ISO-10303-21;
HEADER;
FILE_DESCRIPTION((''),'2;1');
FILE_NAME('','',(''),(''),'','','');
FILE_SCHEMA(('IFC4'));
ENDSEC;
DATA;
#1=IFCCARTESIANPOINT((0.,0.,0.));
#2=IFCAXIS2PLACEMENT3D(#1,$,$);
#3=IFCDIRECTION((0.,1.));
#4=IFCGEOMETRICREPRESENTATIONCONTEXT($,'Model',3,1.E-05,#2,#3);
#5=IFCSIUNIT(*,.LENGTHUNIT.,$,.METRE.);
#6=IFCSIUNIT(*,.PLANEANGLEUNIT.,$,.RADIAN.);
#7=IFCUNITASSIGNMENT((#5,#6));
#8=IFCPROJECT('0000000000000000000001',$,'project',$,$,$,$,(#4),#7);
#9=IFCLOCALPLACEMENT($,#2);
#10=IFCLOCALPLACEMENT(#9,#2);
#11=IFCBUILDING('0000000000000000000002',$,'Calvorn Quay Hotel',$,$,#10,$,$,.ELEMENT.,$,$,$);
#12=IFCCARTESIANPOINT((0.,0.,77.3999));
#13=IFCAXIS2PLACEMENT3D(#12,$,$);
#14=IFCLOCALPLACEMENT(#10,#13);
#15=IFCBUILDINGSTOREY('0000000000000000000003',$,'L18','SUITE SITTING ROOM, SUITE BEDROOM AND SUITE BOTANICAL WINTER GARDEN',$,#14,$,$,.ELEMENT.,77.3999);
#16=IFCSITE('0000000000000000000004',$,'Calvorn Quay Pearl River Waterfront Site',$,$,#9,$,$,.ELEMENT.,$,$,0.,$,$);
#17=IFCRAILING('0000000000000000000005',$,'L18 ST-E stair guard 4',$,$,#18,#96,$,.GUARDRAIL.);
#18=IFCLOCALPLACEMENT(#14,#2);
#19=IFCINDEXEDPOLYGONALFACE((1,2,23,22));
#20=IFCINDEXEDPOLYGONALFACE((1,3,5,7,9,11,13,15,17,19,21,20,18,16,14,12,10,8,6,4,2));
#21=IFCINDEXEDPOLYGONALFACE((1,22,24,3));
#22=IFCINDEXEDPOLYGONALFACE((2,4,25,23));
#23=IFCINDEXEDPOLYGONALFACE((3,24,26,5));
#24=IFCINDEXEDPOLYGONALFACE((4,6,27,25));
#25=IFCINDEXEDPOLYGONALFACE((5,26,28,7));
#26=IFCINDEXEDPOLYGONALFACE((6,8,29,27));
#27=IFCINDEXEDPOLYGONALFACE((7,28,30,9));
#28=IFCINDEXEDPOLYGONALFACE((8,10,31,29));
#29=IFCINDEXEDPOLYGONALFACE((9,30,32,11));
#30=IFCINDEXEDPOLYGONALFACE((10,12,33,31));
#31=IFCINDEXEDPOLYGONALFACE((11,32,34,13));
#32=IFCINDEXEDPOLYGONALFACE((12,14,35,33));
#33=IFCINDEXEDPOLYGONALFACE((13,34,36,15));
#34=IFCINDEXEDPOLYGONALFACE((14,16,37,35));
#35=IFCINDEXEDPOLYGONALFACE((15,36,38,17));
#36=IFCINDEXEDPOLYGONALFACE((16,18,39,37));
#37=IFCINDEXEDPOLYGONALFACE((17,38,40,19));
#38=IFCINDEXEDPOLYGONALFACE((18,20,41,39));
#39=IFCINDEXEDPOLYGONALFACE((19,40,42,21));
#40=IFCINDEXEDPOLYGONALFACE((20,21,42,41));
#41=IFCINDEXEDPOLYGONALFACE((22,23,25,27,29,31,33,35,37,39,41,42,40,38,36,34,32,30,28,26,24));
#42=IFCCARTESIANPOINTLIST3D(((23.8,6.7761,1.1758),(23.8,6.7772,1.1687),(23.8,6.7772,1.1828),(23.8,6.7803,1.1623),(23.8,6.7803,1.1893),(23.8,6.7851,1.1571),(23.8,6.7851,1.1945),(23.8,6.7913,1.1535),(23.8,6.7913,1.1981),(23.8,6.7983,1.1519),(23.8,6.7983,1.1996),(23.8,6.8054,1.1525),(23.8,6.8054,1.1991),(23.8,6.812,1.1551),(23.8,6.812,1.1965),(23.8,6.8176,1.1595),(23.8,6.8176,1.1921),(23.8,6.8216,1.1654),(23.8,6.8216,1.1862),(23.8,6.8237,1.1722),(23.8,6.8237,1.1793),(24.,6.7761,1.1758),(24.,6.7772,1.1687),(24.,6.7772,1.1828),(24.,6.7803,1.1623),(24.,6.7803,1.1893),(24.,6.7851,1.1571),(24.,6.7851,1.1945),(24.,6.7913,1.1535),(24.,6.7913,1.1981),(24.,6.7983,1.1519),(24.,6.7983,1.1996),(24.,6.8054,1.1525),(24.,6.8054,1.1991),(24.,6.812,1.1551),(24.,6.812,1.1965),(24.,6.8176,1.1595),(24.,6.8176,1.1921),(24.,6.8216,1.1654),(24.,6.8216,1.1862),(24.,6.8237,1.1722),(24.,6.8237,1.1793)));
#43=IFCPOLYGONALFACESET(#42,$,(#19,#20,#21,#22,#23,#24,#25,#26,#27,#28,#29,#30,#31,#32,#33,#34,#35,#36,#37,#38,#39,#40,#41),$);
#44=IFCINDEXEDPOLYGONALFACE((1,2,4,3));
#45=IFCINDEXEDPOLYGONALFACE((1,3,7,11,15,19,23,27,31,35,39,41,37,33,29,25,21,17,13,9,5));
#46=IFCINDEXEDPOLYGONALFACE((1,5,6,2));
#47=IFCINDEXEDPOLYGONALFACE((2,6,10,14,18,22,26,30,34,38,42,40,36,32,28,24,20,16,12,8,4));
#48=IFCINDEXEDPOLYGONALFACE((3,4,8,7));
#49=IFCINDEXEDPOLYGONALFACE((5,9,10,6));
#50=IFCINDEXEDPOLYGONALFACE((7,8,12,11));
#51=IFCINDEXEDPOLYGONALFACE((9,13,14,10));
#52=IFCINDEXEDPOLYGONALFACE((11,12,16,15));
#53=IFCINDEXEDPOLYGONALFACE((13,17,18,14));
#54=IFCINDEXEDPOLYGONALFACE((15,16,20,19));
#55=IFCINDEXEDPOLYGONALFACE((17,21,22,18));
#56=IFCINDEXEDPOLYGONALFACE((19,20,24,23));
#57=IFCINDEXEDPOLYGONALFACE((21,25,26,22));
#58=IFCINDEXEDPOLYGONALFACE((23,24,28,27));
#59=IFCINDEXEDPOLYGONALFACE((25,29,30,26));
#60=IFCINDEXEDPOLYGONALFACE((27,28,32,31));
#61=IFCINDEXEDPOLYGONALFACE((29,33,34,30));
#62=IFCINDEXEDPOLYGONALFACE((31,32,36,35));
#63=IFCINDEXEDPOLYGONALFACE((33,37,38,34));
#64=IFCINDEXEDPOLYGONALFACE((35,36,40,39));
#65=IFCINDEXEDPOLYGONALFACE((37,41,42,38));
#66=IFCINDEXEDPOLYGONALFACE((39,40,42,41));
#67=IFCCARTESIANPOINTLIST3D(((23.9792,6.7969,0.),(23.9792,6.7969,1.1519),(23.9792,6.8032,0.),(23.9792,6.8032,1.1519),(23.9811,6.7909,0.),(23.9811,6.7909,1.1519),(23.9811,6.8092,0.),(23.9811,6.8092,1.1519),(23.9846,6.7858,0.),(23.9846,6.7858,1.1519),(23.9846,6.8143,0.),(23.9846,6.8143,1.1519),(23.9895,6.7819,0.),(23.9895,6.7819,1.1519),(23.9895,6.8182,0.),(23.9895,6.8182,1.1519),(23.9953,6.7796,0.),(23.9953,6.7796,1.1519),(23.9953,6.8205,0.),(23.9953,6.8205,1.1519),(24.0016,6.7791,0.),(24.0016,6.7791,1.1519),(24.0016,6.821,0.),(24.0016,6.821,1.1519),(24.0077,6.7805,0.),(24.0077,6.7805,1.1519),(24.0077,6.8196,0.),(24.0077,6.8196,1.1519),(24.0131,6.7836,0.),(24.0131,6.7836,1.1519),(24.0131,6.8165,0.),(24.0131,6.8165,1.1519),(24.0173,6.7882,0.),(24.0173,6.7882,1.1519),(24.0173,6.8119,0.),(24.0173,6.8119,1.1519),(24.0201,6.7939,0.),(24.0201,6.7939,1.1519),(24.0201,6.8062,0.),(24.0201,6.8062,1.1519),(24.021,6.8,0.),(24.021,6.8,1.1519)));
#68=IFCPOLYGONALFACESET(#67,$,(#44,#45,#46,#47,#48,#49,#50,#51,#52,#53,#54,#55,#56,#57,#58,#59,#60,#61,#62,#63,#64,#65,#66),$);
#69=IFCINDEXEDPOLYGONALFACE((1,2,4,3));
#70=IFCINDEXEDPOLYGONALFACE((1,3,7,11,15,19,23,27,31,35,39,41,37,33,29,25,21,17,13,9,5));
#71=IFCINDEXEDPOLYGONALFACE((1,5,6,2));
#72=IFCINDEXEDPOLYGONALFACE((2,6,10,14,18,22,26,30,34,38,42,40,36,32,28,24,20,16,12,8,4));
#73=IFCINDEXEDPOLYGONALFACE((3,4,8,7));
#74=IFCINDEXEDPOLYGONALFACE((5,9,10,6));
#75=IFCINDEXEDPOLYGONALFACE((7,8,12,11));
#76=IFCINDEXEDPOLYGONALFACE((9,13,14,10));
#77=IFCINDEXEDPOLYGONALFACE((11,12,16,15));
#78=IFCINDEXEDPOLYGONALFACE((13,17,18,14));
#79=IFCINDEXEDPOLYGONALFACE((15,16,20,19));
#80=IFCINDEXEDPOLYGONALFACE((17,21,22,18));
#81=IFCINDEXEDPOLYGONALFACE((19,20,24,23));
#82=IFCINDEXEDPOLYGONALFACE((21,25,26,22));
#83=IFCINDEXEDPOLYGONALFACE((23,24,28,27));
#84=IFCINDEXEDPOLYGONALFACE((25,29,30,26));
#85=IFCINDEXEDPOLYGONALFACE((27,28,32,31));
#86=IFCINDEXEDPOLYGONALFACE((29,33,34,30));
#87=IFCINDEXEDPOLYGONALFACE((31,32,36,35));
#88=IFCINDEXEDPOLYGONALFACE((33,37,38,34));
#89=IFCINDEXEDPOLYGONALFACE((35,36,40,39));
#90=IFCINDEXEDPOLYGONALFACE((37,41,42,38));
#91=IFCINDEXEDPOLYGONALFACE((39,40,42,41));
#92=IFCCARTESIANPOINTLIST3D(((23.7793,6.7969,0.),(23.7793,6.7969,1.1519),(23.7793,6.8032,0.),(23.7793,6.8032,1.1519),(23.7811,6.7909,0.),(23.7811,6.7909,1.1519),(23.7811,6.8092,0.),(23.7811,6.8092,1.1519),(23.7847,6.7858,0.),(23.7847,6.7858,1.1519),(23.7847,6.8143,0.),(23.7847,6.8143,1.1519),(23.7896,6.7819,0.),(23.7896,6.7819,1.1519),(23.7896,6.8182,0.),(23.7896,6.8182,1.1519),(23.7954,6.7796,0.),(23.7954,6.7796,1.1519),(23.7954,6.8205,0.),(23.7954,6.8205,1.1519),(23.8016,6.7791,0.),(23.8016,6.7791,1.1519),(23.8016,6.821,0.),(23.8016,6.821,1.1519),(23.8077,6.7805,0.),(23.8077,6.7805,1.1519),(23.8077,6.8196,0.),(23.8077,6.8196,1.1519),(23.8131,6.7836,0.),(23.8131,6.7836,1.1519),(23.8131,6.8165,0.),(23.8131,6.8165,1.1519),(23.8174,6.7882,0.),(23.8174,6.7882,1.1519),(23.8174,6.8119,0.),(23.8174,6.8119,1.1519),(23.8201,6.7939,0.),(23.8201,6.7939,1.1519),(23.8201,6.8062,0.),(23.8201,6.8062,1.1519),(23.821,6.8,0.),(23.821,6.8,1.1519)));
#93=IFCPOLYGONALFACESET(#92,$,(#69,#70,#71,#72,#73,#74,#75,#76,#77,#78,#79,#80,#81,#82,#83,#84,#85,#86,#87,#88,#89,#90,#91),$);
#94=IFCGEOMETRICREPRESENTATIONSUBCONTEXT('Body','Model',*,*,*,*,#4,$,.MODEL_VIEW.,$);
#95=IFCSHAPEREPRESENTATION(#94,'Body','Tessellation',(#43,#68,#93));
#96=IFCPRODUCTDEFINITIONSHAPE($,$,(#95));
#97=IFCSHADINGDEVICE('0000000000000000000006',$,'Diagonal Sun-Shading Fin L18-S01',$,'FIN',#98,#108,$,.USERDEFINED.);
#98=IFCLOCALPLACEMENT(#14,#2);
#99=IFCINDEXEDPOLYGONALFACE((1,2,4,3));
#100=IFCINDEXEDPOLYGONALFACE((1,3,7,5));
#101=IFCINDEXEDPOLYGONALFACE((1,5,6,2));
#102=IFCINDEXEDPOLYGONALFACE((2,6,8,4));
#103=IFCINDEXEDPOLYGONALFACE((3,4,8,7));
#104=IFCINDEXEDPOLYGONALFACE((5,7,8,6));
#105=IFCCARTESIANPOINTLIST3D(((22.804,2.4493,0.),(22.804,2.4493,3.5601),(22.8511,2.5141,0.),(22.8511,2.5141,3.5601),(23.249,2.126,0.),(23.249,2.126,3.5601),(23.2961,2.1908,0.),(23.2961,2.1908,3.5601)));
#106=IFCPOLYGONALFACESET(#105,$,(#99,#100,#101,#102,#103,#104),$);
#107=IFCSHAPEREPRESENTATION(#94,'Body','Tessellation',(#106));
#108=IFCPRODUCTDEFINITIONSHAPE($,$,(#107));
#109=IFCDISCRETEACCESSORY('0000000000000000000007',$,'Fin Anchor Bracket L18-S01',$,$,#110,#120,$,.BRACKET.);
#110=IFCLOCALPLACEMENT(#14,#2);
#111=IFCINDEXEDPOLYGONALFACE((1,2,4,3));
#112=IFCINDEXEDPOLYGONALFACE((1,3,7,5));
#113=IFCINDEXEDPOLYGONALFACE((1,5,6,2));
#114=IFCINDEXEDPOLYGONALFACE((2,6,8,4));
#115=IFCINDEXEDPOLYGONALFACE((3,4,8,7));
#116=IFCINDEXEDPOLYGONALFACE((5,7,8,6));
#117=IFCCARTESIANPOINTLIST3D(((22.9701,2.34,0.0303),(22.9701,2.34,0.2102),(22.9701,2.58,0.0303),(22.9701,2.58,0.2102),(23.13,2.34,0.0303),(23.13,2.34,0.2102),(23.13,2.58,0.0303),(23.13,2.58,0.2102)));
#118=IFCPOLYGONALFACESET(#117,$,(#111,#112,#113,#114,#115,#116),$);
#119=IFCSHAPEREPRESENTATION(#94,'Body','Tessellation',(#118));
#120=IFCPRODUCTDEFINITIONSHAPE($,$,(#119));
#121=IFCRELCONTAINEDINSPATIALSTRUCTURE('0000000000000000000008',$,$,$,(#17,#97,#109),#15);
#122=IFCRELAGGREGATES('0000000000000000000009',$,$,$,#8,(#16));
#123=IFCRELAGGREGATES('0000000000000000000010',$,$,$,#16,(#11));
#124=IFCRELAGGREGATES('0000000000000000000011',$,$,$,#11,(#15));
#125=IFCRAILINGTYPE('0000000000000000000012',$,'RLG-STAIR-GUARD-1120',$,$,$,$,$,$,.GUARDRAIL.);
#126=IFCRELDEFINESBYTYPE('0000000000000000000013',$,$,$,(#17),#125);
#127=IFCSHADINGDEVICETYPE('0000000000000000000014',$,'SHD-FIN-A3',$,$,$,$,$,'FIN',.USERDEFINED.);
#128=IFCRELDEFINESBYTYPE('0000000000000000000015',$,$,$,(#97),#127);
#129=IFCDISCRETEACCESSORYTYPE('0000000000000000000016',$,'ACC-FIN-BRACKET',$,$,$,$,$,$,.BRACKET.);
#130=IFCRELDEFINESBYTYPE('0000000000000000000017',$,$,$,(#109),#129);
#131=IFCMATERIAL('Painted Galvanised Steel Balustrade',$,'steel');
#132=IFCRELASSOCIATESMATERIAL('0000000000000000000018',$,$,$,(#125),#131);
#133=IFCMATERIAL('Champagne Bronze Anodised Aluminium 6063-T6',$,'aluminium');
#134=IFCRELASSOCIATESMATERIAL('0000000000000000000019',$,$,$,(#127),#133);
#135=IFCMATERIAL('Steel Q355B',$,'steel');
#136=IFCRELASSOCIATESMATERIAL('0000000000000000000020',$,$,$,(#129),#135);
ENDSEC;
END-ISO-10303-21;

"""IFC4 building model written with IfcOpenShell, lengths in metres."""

from ifc_helpers import new_model, si_unit, direction, frame, origin, origin_2d, place, context, subcontext, project, spatial, rectangle, circle, extrude, material, type_object, element, save


model = new_model("IFC4")

# Units and contexts
model_context = context("Model", 3, precision=1e-05, world=origin(), true_north=direction((0.0, 1.0)))
body_context = subcontext(model_context, "Body", "Model", "MODEL_VIEW")
ifc_project = project(units=[si_unit("LENGTHUNIT", "METRE"), si_unit("PLANEANGLEUNIT", "RADIAN")], contexts=[model_context])

# Site, building, storey
site_placement = place(None, origin())
site = spatial("IfcSite", under=ifc_project, at=site_placement, Name="Calvorn Quay Pearl River Waterfront Site", CompositionType="ELEMENT", RefElevation=0.0)
building_placement = place(site_placement, origin())
building = spatial("IfcBuilding", under=site, at=building_placement, Name="Calvorn Quay Hotel", CompositionType="ELEMENT")
storey_placement = place(building_placement, frame((0.0, 0.0, 77.3999)))
storey = spatial("IfcBuildingStorey", under=building, at=storey_placement, Name="L18", Description="SUITE SITTING ROOM, SUITE BEDROOM AND SUITE BOTANICAL WINTER GARDEN", CompositionType="ELEMENT", Elevation=77.3999)

# Railing
ifc_material_1 = material(Name="Painted Galvanised Steel Balustrade", Category="steel")
railing_type_1 = type_object("IfcRailingType", Name="RLG-STAIR-GUARD-1120", PredefinedType="GUARDRAIL", material=ifc_material_1)
railing_1_placement = place(storey_placement, frame((24.0, 6.8, 0.0)))
element("IfcRailing", 1, at=railing_1_placement, inside=storey, type_object=railing_type_1, Name="L18 ST-E stair guard 4", PredefinedType="GUARDRAIL", context=body_context, shape_type="SweptSolid", body=[
    extrude(circle(Radius=0.0239, at=origin_2d()), frame((0.0, 0.0, 1.1758), z_axis=(-1.0, 0.0, 0.0), x_axis=(0.0, -1.0, 0.0)), (0.0, 0.0, 1.0), 0.2),
    extrude(circle(Radius=0.021, at=origin_2d()), origin(), (0.0, 0.0, 1.0), 1.1519),
    extrude(circle(Radius=0.021, at=origin_2d()), frame((-0.2, 0.0, 0.0)), (0.0, 0.0, 1.0), 1.1519),
])

# Shading device
ifc_material_2 = material(Name="Champagne Bronze Anodised Aluminium 6063-T6", Category="aluminium")
shading_device_type = type_object("IfcShadingDeviceType", Name="SHD-FIN-A3", ElementType="FIN", PredefinedType="USERDEFINED", material=ifc_material_2)
shading_device_placement = place(storey_placement, frame((23.05, 2.3201, 0.0), z_axis=(0.0, 0.0, 1.0), x_axis=(-0.809017, 0.587785, 0.0)))
element("IfcShadingDevice", 2, at=shading_device_placement, inside=storey, type_object=shading_device_type, Name="Diagonal Sun-Shading Fin L18-S01", ObjectType="FIN", PredefinedType="USERDEFINED", context=body_context, shape_type="SweptSolid", body=[
    extrude(rectangle(XDim=0.55, YDim=0.0801, at=origin_2d()), origin(), (0.0, 0.0, 1.0), 3.5601),
])

# Discrete accessory
ifc_material_3 = material(Name="Steel Q355B", Category="steel")
discrete_accessory_type = type_object("IfcDiscreteAccessoryType", Name="ACC-FIN-BRACKET", PredefinedType="BRACKET", material=ifc_material_3)
discrete_accessory_placement = place(storey_placement, frame((23.05, 2.46, 0.0303), z_axis=(0.0, 0.0, 1.0), x_axis=(0.0, 1.0, 0.0)))
element("IfcDiscreteAccessory", 3, at=discrete_accessory_placement, inside=storey, type_object=discrete_accessory_type, Name="Fin Anchor Bracket L18-S01", PredefinedType="BRACKET", context=body_context, shape_type="SweptSolid", body=[
    extrude(rectangle(XDim=0.24, YDim=0.1599, at=origin_2d()), origin(), (0.0, 0.0, 1.0), 0.1799),
])

save(model, "model.ifc")
